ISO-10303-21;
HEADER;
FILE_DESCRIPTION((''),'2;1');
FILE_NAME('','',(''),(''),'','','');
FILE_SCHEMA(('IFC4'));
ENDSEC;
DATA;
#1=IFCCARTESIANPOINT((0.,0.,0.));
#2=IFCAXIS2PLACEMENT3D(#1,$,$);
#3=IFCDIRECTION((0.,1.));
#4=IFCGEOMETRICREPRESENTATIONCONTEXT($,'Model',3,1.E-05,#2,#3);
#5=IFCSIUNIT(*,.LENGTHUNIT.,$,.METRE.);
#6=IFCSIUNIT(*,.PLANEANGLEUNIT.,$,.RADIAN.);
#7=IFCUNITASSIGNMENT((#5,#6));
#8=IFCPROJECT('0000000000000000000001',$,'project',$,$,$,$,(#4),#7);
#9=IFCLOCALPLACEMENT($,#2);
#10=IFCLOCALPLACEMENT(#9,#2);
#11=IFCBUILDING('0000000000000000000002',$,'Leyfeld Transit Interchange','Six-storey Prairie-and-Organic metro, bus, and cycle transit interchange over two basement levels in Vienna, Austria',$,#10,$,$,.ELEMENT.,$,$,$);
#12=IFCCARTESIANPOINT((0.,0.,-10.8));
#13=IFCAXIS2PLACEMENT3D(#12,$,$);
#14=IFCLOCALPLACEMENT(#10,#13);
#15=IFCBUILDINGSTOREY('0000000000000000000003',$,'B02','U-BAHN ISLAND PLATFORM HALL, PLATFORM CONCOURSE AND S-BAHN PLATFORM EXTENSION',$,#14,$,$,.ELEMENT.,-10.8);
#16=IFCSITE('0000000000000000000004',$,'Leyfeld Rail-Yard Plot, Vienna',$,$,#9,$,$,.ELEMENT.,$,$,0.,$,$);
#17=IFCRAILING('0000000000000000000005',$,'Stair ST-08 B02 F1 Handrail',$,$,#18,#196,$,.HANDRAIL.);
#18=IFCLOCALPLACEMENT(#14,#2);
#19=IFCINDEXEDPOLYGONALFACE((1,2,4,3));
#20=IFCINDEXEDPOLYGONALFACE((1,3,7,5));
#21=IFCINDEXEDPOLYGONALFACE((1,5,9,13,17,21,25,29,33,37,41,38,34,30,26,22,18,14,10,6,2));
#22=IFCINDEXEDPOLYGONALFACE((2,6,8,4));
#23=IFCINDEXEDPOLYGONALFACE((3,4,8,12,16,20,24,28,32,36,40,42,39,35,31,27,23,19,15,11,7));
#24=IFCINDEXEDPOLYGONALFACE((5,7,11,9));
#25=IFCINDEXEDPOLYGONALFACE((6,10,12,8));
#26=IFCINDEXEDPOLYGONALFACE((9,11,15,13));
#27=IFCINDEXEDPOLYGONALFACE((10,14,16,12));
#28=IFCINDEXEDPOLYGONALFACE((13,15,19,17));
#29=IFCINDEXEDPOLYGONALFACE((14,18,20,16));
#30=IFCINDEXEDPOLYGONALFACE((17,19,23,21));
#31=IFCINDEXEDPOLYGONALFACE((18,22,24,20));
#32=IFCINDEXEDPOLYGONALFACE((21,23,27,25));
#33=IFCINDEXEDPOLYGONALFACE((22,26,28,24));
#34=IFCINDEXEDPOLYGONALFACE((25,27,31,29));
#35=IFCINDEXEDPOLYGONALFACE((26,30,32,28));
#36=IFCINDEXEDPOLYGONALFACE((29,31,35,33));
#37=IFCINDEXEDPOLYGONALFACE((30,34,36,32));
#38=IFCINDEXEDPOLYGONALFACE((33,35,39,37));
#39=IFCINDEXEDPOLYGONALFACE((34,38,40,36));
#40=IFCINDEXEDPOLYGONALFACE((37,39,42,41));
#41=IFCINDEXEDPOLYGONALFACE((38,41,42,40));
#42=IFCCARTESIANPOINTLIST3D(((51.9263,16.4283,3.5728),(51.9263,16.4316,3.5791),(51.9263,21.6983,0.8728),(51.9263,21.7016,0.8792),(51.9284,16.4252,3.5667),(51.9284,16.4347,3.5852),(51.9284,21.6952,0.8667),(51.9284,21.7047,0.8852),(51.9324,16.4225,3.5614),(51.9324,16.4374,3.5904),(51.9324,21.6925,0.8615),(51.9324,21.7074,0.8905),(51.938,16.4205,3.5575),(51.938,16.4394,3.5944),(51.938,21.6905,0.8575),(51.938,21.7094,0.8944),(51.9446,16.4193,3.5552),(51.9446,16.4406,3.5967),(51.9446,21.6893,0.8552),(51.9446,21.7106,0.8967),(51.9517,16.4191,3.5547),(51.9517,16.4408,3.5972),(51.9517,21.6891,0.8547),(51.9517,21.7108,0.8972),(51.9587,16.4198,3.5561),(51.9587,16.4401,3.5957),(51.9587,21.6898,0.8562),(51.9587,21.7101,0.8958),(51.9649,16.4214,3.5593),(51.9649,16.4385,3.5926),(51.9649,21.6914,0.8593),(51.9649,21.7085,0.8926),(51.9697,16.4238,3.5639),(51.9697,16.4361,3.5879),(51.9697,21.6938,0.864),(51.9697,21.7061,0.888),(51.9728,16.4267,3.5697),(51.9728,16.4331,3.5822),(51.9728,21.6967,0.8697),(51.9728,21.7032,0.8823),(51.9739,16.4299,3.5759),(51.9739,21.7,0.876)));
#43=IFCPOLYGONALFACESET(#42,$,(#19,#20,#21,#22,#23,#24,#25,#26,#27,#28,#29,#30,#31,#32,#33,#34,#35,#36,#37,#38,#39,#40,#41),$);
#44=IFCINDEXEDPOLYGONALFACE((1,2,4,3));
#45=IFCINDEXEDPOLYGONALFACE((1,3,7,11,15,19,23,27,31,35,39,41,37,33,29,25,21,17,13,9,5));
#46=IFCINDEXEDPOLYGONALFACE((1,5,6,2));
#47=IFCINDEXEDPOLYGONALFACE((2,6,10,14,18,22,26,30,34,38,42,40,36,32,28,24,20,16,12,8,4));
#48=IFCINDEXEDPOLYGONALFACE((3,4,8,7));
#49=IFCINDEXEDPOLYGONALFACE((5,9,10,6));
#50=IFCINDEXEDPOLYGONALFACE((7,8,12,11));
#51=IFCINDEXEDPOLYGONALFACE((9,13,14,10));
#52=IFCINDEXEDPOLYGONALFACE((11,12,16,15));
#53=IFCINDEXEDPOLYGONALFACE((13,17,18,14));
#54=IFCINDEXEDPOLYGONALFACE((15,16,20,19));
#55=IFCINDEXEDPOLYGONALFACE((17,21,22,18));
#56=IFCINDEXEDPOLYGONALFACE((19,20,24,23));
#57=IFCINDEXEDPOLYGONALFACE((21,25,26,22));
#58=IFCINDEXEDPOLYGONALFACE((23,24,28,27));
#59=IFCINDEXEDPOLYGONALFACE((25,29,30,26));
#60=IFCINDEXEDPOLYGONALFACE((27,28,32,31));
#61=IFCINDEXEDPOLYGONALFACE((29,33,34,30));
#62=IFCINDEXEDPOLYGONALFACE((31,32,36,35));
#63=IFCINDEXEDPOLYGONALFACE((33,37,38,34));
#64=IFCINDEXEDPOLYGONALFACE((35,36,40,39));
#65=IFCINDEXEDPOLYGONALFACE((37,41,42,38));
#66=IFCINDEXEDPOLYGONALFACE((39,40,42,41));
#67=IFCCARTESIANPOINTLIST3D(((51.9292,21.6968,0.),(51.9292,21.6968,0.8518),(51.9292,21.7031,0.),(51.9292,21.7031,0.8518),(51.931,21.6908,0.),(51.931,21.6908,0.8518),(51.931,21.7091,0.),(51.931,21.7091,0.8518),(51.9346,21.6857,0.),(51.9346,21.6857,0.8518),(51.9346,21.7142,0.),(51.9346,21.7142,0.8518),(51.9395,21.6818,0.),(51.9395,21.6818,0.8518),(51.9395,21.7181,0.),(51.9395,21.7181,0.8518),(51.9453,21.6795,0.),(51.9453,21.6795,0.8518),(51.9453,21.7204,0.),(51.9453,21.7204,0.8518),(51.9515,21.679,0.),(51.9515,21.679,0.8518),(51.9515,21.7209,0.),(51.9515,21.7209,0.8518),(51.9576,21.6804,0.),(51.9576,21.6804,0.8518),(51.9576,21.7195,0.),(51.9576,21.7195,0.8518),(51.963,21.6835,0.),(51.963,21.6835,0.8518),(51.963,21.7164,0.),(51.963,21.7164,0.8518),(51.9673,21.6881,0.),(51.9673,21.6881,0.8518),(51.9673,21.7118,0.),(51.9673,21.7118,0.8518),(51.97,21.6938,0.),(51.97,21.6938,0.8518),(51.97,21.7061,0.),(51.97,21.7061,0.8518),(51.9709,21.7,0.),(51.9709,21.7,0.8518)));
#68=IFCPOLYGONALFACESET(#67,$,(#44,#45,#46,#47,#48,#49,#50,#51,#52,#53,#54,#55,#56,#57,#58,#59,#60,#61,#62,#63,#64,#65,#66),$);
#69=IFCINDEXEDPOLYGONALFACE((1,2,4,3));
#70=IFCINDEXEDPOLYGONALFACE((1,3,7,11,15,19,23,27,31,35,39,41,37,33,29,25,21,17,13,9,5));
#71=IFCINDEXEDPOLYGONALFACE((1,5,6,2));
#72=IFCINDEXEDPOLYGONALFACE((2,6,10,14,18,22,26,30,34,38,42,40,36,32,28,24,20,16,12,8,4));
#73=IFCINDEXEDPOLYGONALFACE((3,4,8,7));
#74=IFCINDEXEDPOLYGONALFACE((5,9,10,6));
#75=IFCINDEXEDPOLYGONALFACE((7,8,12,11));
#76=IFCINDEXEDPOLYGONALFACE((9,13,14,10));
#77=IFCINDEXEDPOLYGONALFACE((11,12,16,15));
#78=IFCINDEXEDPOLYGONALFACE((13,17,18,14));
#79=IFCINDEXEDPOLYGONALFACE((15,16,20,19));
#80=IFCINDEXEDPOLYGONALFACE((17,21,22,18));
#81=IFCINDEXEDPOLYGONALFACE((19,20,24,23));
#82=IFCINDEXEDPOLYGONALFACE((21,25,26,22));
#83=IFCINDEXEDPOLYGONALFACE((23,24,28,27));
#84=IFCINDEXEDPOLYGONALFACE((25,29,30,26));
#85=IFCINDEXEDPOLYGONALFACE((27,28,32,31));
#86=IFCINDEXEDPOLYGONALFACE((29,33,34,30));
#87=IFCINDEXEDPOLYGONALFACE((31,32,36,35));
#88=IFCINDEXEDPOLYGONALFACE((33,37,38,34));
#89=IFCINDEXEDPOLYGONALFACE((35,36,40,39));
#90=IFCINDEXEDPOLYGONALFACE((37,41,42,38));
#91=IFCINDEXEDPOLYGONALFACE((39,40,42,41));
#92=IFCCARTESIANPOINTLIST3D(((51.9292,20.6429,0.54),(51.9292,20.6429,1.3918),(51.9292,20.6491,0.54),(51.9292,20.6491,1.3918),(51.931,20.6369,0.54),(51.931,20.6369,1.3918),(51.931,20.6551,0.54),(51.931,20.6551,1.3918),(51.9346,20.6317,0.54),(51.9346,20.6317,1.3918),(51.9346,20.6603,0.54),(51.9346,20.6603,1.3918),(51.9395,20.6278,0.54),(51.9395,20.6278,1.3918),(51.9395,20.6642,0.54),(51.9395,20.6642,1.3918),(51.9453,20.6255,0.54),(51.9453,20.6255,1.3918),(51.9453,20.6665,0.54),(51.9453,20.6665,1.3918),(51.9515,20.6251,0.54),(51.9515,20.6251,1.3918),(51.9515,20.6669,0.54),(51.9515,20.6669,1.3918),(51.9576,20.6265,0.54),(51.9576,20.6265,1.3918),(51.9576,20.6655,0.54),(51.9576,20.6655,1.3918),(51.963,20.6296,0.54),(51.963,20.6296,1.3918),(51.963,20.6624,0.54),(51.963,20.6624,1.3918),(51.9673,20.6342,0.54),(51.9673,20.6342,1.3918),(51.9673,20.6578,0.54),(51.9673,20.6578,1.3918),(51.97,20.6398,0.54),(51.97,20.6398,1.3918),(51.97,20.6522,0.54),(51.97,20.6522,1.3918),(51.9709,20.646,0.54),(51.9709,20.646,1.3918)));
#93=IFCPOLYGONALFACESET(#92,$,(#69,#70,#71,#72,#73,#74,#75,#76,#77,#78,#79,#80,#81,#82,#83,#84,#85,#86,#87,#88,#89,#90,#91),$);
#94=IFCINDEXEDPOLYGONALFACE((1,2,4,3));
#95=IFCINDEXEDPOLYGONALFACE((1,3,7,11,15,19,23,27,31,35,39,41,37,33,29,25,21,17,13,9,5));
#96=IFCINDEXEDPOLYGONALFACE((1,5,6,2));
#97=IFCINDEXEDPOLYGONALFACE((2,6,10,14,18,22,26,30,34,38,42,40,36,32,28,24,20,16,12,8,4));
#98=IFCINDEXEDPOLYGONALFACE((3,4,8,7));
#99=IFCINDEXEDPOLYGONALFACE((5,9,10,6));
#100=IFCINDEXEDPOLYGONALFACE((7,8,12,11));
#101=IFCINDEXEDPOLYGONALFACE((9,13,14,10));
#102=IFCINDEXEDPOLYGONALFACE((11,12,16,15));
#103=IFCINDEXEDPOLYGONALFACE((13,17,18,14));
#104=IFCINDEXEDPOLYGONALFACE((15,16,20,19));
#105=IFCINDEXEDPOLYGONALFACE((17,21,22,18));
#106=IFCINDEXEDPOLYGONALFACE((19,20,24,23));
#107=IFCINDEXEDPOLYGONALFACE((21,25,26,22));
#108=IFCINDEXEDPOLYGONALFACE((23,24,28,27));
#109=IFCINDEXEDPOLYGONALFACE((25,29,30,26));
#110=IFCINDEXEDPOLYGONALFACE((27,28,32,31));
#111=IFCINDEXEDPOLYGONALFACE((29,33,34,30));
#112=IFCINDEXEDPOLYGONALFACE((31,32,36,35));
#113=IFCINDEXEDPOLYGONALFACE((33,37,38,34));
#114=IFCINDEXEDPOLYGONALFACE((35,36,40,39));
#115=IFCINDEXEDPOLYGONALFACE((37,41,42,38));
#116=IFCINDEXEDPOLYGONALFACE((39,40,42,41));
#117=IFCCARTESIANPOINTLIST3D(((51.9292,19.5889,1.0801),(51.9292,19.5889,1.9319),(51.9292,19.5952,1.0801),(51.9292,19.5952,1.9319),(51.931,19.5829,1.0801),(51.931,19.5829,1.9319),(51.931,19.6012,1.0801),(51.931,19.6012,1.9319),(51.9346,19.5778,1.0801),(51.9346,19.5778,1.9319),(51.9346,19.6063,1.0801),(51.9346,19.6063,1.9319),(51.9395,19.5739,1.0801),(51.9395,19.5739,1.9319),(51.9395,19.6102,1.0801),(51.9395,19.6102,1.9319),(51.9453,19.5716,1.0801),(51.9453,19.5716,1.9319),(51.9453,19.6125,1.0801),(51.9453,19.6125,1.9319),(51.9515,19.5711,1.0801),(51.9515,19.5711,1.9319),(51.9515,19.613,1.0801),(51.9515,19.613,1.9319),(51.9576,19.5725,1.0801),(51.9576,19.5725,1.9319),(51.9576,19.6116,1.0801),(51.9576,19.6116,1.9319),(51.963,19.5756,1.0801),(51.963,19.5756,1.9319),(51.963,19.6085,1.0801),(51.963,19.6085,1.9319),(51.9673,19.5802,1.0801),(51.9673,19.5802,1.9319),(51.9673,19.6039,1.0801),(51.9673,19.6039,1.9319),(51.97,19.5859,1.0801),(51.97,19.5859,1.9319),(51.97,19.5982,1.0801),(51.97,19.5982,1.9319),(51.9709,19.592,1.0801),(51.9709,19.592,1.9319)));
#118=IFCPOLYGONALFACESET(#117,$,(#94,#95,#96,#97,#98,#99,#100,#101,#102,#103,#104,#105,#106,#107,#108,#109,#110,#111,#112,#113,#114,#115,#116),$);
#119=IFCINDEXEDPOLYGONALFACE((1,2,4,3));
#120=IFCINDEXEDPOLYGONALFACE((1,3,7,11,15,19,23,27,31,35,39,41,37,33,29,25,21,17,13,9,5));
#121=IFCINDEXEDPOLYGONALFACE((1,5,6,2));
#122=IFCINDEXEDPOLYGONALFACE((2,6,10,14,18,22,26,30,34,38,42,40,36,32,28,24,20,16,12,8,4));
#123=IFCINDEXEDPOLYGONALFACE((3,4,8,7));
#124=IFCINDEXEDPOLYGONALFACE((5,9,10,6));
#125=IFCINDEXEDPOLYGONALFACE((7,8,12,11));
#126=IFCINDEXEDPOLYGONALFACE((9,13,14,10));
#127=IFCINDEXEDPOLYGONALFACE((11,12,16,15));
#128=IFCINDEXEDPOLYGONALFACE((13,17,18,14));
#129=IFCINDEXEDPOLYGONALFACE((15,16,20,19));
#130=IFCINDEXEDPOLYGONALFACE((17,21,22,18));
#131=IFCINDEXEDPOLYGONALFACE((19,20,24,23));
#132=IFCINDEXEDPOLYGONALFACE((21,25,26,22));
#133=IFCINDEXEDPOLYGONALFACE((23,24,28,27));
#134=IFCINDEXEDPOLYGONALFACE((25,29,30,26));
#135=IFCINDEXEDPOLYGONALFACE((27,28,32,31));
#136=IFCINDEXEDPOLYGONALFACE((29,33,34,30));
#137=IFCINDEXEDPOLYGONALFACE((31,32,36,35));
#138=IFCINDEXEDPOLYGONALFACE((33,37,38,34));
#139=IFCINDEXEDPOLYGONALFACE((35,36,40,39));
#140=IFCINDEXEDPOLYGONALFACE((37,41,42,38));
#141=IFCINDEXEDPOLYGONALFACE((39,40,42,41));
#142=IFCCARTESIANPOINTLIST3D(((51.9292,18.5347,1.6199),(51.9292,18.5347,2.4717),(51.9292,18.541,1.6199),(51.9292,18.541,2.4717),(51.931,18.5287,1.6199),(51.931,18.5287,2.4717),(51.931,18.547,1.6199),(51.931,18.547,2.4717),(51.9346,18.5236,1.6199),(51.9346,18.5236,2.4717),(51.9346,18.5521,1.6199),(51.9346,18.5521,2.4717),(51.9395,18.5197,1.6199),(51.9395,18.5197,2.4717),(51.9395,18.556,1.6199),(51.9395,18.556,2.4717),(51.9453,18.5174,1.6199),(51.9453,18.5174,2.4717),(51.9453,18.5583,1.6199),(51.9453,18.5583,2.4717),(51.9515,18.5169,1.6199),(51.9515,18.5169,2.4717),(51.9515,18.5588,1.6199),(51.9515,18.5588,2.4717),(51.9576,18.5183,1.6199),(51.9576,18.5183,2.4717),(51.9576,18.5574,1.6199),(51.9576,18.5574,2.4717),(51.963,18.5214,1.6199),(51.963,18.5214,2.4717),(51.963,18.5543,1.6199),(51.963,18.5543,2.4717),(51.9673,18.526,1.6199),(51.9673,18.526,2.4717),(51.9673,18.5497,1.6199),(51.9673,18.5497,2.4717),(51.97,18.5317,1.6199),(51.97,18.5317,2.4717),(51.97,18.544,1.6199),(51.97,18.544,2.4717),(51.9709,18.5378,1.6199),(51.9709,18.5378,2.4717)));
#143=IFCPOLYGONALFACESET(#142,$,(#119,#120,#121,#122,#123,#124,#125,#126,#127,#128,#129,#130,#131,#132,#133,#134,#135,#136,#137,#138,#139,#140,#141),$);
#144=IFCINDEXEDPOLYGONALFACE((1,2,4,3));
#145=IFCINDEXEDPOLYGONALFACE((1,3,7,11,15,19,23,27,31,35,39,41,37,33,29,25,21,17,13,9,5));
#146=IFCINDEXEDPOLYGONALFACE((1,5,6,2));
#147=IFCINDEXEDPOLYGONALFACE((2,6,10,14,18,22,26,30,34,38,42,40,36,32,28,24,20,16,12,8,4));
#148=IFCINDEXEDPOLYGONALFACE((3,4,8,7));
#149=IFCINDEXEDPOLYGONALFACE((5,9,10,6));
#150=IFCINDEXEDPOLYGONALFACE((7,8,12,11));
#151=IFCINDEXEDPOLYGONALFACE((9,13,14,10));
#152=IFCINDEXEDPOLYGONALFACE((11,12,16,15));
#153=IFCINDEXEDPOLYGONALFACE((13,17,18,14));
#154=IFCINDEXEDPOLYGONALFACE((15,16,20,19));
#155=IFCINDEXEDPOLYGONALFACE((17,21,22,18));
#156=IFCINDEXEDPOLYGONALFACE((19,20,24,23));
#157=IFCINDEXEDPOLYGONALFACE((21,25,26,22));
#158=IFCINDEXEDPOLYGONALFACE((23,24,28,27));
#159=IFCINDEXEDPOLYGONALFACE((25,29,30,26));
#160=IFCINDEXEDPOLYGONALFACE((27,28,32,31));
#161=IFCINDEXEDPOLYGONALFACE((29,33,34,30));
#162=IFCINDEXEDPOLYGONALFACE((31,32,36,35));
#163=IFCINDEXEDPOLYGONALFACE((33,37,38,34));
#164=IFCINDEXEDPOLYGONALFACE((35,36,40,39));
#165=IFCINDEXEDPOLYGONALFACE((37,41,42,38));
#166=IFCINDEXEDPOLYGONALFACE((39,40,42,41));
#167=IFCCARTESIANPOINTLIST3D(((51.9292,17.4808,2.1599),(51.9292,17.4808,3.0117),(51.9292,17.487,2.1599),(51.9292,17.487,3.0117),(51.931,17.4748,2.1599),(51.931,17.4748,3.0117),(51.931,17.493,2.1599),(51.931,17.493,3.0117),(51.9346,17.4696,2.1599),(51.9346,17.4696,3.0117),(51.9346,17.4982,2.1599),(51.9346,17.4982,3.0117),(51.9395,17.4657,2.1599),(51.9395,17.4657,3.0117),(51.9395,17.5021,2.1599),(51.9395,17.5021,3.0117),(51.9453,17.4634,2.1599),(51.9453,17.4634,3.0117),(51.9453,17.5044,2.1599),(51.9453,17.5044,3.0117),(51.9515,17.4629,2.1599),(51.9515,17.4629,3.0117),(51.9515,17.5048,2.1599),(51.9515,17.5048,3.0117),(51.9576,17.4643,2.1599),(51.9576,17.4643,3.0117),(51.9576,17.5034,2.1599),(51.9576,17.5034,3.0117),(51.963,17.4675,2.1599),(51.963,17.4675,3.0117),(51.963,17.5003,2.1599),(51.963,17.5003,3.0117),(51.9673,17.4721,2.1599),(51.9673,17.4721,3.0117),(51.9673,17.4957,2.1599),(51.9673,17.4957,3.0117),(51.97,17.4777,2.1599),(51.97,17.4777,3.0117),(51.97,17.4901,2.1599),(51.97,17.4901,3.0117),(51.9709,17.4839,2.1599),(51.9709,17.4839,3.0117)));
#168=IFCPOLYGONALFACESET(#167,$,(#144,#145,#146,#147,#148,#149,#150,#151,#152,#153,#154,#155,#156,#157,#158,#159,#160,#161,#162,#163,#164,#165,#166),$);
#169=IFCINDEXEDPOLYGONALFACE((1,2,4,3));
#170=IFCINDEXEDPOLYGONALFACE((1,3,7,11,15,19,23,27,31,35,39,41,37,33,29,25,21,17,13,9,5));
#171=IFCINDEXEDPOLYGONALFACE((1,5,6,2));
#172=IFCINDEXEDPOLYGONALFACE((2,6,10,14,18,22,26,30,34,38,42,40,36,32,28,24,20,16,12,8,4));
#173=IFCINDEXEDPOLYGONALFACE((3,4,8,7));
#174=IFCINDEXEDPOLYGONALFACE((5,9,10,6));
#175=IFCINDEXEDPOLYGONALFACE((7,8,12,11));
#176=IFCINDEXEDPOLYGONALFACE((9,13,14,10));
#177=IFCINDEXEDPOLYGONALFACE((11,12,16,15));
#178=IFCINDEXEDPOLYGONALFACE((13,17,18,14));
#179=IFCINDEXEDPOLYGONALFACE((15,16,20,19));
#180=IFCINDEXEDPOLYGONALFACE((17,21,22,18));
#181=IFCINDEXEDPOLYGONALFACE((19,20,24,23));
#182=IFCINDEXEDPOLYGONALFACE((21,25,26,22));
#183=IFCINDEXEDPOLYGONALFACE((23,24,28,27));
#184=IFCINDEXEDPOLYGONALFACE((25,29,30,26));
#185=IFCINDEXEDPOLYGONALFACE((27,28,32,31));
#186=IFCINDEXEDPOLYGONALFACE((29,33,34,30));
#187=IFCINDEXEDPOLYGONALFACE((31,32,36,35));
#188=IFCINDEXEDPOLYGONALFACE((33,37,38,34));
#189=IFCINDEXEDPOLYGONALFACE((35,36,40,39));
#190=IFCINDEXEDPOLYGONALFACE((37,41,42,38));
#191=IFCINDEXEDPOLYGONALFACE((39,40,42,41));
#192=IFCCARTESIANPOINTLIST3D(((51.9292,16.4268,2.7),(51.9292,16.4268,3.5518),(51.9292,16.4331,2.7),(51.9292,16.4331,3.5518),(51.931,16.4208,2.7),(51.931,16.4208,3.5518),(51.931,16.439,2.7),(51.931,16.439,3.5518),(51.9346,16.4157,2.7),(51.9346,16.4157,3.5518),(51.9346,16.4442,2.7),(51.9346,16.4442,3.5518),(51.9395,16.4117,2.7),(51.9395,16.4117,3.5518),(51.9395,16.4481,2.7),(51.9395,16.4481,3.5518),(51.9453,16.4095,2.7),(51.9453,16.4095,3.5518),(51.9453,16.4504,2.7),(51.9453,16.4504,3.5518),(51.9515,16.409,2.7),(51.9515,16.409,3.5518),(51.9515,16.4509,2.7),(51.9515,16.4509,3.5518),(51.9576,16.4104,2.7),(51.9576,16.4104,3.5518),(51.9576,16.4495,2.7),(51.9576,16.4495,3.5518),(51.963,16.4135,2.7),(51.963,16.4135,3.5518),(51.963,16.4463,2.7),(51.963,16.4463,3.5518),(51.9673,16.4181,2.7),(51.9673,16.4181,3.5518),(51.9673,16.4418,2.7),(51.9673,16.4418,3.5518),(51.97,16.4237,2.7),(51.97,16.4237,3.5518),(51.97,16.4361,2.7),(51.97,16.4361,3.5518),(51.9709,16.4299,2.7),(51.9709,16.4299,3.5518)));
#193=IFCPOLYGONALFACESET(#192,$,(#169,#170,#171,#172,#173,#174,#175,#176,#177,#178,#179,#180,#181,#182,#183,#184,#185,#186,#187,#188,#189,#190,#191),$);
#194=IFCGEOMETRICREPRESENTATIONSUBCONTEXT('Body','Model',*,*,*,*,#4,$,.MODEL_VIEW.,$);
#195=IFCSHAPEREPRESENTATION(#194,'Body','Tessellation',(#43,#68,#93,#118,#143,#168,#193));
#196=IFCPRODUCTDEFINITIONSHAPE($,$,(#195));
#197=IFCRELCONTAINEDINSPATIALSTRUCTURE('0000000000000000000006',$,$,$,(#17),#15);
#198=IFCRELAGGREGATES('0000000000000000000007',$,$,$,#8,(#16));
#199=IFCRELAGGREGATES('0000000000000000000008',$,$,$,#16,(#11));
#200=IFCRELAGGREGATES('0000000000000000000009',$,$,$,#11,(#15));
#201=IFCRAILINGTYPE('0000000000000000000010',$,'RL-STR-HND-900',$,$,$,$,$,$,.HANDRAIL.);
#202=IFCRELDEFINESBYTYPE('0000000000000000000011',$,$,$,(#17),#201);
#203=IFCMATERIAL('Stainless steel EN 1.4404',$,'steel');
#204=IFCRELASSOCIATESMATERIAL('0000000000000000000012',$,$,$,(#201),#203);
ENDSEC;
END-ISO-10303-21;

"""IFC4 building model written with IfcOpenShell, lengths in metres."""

from ifc_helpers import new_model, si_unit, direction, frame, origin, origin_2d, place, context, subcontext, project, spatial, circle, extrude, material, type_object, element, save


model = new_model("IFC4")

# Units and contexts
model_context = context("Model", 3, precision=1e-05, world=origin(), true_north=direction((0.0, 1.0)))
body_context = subcontext(model_context, "Body", "Model", "MODEL_VIEW")
ifc_project = project(units=[si_unit("LENGTHUNIT", "METRE"), si_unit("PLANEANGLEUNIT", "RADIAN")], contexts=[model_context])

# Site, building, storey
site_placement = place(None, origin())
site = spatial("IfcSite", under=ifc_project, at=site_placement, Name="Leyfeld Rail-Yard Plot, Vienna", CompositionType="ELEMENT", RefElevation=0.0)
building_placement = place(site_placement, origin())
building = spatial("IfcBuilding", under=site, at=building_placement, Name="Leyfeld Transit Interchange", Description="Six-storey Prairie-and-Organic metro, bus, and cycle transit interchange over two basement levels in Vienna, Austria", CompositionType="ELEMENT")
storey_placement = place(building_placement, frame((0.0, 0.0, -10.8)))
storey = spatial("IfcBuildingStorey", under=building, at=storey_placement, Name="B02", Description="U-BAHN ISLAND PLATFORM HALL, PLATFORM CONCOURSE AND S-BAHN PLATFORM EXTENSION", CompositionType="ELEMENT", Elevation=-10.8)

# Railing
ifc_material_1 = material(Name="Stainless steel EN 1.4404", Category="steel")
railing_type_1 = type_object("IfcRailingType", Name="RL-STR-HND-900", PredefinedType="HANDRAIL", material=ifc_material_1)
railing_1_placement = place(storey_placement, frame((51.95, 21.7, 0.0)))
element("IfcRailing", 1, at=railing_1_placement, inside=storey, type_object=railing_type_1, Name="Stair ST-08 B02 F1 Handrail", PredefinedType="HANDRAIL", context=body_context, shape_type="SweptSolid", body=[
    extrude(circle(Radius=0.0239, at=origin_2d()), frame((0.0, 0.0, 0.876), z_axis=(0.0, -0.889997, 0.455966), x_axis=(1.0, 0.0, 0.0)), (0.0, 0.0, 1.0), 5.9214),
    extrude(circle(Radius=0.021, at=origin_2d()), origin(), (0.0, 0.0, 1.0), 0.8518),
    extrude(circle(Radius=0.021, at=origin_2d()), frame((0.0, -1.054, 0.54)), (0.0, 0.0, 1.0), 0.8518),
    extrude(circle(Radius=0.021, at=origin_2d()), frame((0.0, -2.1079, 1.0801)), (0.0, 0.0, 1.0), 0.8518),
    extrude(circle(Radius=0.021, at=origin_2d()), frame((0.0, -3.1621, 1.6199)), (0.0, 0.0, 1.0), 0.8518),
    extrude(circle(Radius=0.021, at=origin_2d()), frame((0.0, -4.2161, 2.1599)), (0.0, 0.0, 1.0), 0.8518),
    extrude(circle(Radius=0.021, at=origin_2d()), frame((0.0, -5.27, 2.7)), (0.0, 0.0, 1.0), 0.8518),
])

save(model, "model.ifc")
